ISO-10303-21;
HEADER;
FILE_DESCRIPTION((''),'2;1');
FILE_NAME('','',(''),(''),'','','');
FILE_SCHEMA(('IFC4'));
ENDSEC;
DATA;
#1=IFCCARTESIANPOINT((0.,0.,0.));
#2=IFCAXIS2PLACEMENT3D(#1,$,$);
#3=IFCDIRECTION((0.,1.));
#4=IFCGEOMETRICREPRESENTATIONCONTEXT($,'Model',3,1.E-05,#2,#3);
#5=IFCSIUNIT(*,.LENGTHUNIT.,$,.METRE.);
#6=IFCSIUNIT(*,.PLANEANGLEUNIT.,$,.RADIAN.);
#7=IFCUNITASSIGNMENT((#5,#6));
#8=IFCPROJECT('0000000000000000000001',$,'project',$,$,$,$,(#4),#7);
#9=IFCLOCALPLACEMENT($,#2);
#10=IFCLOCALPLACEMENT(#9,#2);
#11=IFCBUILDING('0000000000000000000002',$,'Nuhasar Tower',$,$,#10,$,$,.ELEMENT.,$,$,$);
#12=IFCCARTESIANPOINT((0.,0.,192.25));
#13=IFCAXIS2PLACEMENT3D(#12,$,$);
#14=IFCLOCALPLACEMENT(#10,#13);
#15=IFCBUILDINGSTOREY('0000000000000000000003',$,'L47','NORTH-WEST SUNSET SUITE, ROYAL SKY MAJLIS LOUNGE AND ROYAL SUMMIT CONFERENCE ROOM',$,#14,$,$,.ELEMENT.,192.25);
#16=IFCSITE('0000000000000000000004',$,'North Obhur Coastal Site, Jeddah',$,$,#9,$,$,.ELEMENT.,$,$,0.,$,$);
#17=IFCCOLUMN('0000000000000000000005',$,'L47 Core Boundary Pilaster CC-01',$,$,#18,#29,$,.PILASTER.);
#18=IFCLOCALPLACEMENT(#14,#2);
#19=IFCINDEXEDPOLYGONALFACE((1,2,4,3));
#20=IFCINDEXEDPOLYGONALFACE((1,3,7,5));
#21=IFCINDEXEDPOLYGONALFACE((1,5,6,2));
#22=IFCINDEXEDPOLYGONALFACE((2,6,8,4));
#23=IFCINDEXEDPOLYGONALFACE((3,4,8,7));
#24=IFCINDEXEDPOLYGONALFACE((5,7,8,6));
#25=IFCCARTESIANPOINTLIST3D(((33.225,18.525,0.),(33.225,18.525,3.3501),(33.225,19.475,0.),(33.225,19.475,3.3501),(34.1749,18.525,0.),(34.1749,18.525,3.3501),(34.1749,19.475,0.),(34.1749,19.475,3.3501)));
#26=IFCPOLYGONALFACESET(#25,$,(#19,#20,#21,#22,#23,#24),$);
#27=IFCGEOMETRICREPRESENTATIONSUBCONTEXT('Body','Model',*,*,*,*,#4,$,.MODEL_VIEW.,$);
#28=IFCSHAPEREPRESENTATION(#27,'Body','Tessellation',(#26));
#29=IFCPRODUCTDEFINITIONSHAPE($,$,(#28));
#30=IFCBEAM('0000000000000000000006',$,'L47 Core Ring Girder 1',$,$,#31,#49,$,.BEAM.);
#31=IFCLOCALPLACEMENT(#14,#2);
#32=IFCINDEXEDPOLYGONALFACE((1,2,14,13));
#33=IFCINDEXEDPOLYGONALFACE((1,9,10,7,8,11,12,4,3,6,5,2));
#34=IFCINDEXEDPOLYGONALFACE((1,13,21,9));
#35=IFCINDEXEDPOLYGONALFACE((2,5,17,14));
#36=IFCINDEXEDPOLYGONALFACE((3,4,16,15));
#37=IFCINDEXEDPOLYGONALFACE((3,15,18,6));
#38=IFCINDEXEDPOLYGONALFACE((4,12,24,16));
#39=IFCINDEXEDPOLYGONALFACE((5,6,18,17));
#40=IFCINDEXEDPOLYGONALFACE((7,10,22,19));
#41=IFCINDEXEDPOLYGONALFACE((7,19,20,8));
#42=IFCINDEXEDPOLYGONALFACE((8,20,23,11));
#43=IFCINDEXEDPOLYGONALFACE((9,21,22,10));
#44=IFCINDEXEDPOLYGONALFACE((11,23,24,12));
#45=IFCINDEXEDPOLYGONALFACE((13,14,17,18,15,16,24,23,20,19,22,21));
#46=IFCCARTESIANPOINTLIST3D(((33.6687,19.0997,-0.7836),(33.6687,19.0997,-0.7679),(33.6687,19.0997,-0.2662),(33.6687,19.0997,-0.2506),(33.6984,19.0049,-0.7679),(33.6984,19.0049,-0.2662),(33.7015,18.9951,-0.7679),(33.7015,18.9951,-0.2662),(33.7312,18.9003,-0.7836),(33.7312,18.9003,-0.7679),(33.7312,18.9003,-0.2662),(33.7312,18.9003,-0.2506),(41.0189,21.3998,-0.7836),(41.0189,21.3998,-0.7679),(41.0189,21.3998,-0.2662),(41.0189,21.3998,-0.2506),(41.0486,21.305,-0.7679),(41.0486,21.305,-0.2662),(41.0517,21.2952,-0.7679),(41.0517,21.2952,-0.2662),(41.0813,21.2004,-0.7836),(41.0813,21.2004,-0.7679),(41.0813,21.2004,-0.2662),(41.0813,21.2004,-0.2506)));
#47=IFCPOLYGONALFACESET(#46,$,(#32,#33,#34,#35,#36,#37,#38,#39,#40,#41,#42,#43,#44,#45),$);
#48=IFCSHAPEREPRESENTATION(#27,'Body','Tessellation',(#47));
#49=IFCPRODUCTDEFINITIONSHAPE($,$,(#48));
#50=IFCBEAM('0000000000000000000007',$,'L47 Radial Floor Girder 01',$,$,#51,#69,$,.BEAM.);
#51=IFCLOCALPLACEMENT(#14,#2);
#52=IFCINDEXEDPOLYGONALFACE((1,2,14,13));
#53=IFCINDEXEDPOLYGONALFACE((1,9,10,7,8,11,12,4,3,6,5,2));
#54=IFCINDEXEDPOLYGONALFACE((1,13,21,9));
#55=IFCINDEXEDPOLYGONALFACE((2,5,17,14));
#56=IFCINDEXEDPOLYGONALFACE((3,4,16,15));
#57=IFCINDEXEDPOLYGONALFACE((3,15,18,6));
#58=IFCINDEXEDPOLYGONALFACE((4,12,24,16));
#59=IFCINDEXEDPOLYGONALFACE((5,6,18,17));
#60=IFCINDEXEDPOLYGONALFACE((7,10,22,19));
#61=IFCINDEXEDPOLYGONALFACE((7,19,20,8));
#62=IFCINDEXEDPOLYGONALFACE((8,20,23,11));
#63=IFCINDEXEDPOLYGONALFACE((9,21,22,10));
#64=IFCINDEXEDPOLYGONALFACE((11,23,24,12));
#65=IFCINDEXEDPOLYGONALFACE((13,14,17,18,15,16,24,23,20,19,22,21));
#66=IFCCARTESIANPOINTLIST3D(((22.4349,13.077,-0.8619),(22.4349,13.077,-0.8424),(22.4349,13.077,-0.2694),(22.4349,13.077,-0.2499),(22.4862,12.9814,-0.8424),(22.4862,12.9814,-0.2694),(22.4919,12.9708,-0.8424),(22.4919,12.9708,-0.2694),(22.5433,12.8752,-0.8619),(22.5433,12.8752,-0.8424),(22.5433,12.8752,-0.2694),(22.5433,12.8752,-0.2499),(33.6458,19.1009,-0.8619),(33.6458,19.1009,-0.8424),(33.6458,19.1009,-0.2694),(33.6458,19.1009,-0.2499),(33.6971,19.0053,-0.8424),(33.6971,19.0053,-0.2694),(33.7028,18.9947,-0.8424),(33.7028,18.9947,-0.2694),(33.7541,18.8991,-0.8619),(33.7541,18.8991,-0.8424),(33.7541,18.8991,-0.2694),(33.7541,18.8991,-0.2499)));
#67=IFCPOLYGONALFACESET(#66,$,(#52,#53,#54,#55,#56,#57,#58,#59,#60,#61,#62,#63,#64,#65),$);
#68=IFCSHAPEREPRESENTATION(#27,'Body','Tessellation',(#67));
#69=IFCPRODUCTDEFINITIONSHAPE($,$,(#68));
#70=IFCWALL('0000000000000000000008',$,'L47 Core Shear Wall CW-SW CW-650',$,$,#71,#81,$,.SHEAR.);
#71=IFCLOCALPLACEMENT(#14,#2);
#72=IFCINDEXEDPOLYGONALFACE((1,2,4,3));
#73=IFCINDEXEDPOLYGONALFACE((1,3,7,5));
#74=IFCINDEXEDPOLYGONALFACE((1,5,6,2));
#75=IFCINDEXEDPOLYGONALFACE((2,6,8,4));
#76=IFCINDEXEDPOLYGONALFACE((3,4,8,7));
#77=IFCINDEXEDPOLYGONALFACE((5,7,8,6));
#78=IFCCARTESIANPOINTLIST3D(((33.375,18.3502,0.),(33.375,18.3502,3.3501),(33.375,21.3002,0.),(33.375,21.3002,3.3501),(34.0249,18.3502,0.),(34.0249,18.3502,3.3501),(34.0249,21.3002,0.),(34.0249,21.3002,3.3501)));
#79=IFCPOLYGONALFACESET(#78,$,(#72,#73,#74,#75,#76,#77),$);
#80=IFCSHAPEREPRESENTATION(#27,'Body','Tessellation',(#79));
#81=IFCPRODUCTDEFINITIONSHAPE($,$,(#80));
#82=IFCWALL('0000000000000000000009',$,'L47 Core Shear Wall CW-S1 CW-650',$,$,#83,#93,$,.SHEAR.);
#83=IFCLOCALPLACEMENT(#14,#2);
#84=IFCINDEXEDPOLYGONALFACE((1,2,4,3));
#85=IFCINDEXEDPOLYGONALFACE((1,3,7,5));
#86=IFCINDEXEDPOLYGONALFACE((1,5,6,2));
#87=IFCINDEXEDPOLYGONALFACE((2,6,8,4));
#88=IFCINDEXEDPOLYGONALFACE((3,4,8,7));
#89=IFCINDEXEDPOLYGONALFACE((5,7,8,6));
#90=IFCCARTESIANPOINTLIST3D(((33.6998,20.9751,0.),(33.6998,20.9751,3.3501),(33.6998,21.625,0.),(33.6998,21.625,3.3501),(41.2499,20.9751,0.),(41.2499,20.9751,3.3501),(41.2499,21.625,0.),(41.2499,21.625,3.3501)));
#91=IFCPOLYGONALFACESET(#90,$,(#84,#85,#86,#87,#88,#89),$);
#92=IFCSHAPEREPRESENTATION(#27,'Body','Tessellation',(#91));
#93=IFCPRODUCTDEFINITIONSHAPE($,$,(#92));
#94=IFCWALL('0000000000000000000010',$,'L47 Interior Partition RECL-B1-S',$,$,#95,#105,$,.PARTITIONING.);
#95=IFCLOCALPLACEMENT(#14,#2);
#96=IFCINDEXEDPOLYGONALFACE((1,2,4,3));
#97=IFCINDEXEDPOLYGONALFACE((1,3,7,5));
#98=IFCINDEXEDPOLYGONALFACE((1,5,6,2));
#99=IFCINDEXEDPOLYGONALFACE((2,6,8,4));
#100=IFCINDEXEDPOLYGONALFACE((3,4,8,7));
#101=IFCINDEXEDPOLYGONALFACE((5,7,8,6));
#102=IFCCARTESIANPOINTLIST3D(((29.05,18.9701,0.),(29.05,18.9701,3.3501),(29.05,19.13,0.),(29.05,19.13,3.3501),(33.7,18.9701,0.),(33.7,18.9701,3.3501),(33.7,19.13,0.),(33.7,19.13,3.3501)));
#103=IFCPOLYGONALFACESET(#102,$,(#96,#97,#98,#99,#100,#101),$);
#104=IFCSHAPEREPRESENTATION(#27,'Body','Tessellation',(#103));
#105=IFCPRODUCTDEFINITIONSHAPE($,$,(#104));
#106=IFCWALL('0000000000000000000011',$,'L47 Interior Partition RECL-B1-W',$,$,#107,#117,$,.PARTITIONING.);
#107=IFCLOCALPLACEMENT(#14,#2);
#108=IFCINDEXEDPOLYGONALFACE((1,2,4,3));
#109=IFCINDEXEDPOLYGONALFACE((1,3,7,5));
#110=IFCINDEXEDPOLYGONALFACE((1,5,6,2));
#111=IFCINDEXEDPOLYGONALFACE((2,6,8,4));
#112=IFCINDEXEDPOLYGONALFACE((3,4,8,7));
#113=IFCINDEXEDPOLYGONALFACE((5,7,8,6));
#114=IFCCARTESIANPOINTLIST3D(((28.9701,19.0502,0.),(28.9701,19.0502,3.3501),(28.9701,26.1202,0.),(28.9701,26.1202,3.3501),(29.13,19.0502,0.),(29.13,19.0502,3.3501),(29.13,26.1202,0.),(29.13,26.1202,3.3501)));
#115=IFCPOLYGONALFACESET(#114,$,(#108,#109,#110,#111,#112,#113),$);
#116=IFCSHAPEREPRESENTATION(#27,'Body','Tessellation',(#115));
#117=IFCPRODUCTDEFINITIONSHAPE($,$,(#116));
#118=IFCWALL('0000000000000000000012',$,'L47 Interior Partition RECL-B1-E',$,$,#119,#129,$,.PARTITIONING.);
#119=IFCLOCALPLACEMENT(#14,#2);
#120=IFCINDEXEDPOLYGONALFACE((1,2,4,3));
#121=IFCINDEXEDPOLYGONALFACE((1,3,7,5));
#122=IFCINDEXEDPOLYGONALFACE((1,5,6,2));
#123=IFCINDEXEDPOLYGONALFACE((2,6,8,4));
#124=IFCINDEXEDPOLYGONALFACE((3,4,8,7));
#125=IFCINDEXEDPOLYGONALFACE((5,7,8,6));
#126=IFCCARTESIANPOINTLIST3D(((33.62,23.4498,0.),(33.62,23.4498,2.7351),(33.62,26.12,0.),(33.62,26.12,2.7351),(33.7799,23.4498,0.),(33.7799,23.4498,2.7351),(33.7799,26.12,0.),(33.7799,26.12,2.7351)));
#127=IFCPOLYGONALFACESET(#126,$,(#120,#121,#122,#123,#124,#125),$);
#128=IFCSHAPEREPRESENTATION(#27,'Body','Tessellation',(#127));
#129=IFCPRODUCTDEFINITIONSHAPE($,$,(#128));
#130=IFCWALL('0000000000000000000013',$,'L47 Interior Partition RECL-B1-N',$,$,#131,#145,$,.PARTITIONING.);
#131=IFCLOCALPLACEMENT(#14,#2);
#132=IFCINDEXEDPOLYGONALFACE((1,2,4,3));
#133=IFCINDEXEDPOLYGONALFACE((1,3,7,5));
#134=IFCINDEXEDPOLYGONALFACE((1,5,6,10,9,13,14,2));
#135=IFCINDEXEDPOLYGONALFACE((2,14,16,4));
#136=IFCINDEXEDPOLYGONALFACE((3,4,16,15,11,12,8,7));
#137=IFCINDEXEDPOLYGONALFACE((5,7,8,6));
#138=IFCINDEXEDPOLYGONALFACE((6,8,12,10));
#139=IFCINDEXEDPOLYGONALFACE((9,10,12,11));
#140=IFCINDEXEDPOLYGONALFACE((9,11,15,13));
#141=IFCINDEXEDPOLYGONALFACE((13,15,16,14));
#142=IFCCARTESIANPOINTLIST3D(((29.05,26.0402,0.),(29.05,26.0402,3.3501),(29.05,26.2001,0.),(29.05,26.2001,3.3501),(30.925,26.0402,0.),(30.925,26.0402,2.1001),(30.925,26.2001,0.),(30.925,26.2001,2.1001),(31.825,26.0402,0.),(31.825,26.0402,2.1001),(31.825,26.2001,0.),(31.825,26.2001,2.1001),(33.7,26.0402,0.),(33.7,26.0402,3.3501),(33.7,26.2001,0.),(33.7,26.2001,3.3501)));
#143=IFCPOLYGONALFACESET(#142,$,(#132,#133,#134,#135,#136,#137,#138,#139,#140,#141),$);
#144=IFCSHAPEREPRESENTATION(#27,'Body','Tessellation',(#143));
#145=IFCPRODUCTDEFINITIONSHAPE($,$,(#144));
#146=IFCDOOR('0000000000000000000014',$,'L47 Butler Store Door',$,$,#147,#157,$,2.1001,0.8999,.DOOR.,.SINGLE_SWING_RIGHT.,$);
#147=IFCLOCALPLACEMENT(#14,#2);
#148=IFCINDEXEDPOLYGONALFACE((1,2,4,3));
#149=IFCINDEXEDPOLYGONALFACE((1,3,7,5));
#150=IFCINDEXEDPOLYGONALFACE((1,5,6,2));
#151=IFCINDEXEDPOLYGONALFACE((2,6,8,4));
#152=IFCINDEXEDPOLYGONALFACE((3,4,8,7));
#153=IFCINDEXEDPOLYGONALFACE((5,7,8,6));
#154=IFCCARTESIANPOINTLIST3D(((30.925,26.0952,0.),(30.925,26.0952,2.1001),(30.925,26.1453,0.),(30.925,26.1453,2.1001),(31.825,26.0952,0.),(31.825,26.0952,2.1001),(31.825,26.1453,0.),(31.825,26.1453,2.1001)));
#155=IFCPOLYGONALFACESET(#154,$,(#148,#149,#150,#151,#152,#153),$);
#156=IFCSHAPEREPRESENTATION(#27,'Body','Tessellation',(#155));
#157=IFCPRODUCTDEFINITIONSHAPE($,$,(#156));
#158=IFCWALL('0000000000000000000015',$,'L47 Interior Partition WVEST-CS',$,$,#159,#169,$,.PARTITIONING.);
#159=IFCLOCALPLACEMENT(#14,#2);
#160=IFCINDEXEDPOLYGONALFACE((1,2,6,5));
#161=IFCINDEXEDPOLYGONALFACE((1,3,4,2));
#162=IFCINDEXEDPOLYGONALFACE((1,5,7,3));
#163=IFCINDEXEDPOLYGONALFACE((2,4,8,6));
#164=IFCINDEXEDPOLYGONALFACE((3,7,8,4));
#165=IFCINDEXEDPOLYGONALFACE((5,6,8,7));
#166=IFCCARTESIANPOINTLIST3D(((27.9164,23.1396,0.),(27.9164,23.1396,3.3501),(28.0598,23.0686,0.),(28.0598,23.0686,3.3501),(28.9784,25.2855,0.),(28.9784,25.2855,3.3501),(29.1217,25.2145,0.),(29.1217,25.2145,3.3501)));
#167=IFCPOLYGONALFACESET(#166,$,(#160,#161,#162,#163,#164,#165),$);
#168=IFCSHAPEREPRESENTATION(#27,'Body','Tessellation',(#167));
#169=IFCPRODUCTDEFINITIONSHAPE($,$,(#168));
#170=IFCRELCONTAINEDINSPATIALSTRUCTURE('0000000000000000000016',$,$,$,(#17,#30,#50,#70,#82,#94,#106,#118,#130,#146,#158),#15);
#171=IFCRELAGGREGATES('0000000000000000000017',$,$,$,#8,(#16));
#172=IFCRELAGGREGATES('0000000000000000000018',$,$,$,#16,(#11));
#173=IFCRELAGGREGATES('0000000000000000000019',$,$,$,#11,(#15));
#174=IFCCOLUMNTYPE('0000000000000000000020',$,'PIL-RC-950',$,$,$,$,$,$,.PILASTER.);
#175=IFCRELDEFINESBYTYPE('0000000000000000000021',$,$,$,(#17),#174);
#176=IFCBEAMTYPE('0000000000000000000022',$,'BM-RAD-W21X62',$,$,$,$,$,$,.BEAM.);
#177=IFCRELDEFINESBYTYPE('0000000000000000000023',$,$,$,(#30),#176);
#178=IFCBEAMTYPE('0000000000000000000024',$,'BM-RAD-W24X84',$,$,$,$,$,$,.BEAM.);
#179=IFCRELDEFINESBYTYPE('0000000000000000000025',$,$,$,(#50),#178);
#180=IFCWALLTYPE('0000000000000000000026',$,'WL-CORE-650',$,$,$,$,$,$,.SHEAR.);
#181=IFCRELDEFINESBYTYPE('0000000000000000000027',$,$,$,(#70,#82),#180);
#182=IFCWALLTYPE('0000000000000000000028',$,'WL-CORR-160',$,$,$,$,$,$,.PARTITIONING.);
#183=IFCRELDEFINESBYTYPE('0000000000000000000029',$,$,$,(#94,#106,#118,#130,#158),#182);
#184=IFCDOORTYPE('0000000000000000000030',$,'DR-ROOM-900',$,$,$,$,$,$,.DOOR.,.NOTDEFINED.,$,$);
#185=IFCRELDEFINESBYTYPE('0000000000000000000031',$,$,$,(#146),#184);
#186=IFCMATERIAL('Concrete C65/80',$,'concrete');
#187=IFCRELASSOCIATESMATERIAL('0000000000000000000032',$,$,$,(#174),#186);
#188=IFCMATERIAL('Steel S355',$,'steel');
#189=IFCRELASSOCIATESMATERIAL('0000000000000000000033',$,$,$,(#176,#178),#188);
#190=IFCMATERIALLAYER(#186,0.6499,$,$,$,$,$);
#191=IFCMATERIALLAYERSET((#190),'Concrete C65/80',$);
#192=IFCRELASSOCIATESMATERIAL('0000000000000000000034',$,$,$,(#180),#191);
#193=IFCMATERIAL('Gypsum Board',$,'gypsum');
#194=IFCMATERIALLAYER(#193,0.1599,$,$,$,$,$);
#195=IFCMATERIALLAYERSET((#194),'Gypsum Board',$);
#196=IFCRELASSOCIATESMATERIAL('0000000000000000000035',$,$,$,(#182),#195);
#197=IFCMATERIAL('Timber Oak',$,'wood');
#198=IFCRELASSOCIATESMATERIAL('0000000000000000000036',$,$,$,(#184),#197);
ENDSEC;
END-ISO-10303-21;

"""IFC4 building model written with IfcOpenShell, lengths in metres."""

from ifc_helpers import new_model, si_unit, direction, frame, frame_2d, origin, origin_2d, place, context, subcontext, project, spatial, rectangle, i_section, extrude, material, layer, layer_set, material_profile, profile_set, type_object, element, fill, save


model = new_model("IFC4")

# Units and contexts
model_context = context("Model", 3, precision=1e-05, world=origin(), true_north=direction((0.0, 1.0)))
body_context = subcontext(model_context, "Body", "Model", "MODEL_VIEW")
ifc_project = project(units=[si_unit("LENGTHUNIT", "METRE"), si_unit("PLANEANGLEUNIT", "RADIAN")], contexts=[model_context])

# Site, building, storey
site_placement = place(None, origin())
site = spatial("IfcSite", under=ifc_project, at=site_placement, Name="North Obhur Coastal Site, Jeddah", CompositionType="ELEMENT", RefElevation=0.0)
building_placement = place(site_placement, origin())
building = spatial("IfcBuilding", under=site, at=building_placement, Name="Nuhasar Tower", CompositionType="ELEMENT")
storey_placement = place(building_placement, frame((0.0, 0.0, 192.25)))
storey = spatial("IfcBuildingStorey", under=building, at=storey_placement, Name="L47", Description="NORTH-WEST SUNSET SUITE, ROYAL SKY MAJLIS LOUNGE AND ROYAL SUMMIT CONFERENCE ROOM", CompositionType="ELEMENT", Elevation=192.25)

# Column
ifc_material_1 = material(Name="Concrete C65/80", Category="concrete")
ifc_material_profile_1 = material_profile(ifc_material_1, rectangle(XDim=0.95, YDim=0.95, at=origin_2d()), Name="RC950X950")
ifc_profile_set_1 = profile_set([ifc_material_profile_1], Name="Concrete C65/80")
column_type = type_object("IfcColumnType", Name="PIL-RC-950", PredefinedType="PILASTER", material=ifc_profile_set_1)
column_placement = place(storey_placement, frame((33.7, 19.0, 0.0), z_axis=(0.0, 0.0, 1.0), x_axis=(1.0, 0.0, 0.0)))
element("IfcColumn", 1, at=column_placement, inside=storey, type_object=column_type, Name="L47 Core Boundary Pilaster CC-01", PredefinedType="PILASTER", context=body_context, shape_type="SweptSolid", body=[
    extrude(rectangle(XDim=0.95, YDim=0.95, at=origin_2d()), origin(), (0.0, 0.0, 1.0), 3.3501),
])

# Beams
ifc_material_2 = material(Name="Steel S355", Category="steel")
ifc_material_profile_2 = material_profile(ifc_material_2, i_section(OverallWidth=0.209, OverallDepth=0.533, WebThickness=0.0103, FlangeThickness=0.0156, at=origin_2d()), Name="W21X62")
ifc_profile_set_2 = profile_set([ifc_material_profile_2], Name="Steel S355")
beam_type_1 = type_object("IfcBeamType", Name="BM-RAD-W21X62", PredefinedType="BEAM", material=ifc_profile_set_2)
beam_1_placement = place(storey_placement, frame((33.7, 19.0, -0.5171), z_axis=(0.954364, 0.298647, 0.0), x_axis=(-0.298647, 0.954364, 0.0)))
element("IfcBeam", 2, at=beam_1_placement, inside=storey, type_object=beam_type_1, Name="L47 Core Ring Girder 1", PredefinedType="BEAM", context=body_context, shape_type="SweptSolid", body=[
    extrude(i_section(OverallWidth=0.209, OverallDepth=0.533, WebThickness=0.0103, FlangeThickness=0.0156, at=origin_2d()), origin(), (0.0, 0.0, 1.0), 7.7017),
])
ifc_material_profile_3 = material_profile(ifc_material_2, i_section(OverallWidth=0.229, OverallDepth=0.6121, WebThickness=0.012, FlangeThickness=0.0195, at=origin_2d()), Name="W24X84")
ifc_profile_set_3 = profile_set([ifc_material_profile_3], Name="Steel S355")
beam_type_2 = type_object("IfcBeamType", Name="BM-RAD-W24X84", PredefinedType="BEAM", material=ifc_profile_set_3)
beam_2_placement = place(storey_placement, frame((33.7, 19.0, -0.5559), z_axis=(-0.880888, -0.473324, 0.0), x_axis=(0.473324, -0.880888, 0.0)))
element("IfcBeam", 3, at=beam_2_placement, inside=storey, type_object=beam_type_2, Name="L47 Radial Floor Girder 01", PredefinedType="BEAM", context=body_context, shape_type="SweptSolid", body=[
    extrude(i_section(OverallWidth=0.229, OverallDepth=0.6121, WebThickness=0.012, FlangeThickness=0.0195, at=origin_2d()), origin(), (0.0, 0.0, 1.0), 12.7268),
])

# Walls
ifc_layer_1 = layer(ifc_material_1, 0.6499)
ifc_layer_set_1 = layer_set([ifc_layer_1], Name="Concrete C65/80")
wall_type_1 = type_object("IfcWallType", Name="WL-CORE-650", PredefinedType="SHEAR", material=ifc_layer_set_1)
wall_1_placement = place(storey_placement, frame((33.7, 18.3501, 0.0), z_axis=(0.0, 0.0, 1.0), x_axis=(0.0, 1.0, 0.0)))
element("IfcWall", 4, at=wall_1_placement, inside=storey, type_object=wall_type_1, Name="L47 Core Shear Wall CW-SW CW-650", PredefinedType="SHEAR", context=body_context, shape_type="SweptSolid", body=[
    extrude(rectangle(XDim=2.95, YDim=0.6499, at=frame_2d((1.4751, 0.0))), origin(), (0.0, 0.0, 1.0), 3.3501),
])
wall_2_placement = place(storey_placement, frame((33.7, 21.3, 0.0), z_axis=(0.0, 0.0, 1.0), x_axis=(1.0, 0.0, 0.0)))
element("IfcWall", 5, at=wall_2_placement, inside=storey, type_object=wall_type_1, Name="L47 Core Shear Wall CW-S1 CW-650", PredefinedType="SHEAR", context=body_context, shape_type="SweptSolid", body=[
    extrude(rectangle(XDim=7.55, YDim=0.6499, at=frame_2d((3.7749, 0.0))), origin(), (0.0, 0.0, 1.0), 3.3501),
])
ifc_material_3 = material(Name="Gypsum Board", Category="gypsum")
ifc_layer_2 = layer(ifc_material_3, 0.1599)
ifc_layer_set_2 = layer_set([ifc_layer_2], Name="Gypsum Board")
wall_type_2 = type_object("IfcWallType", Name="WL-CORR-160", PredefinedType="PARTITIONING", material=ifc_layer_set_2)
wall_3_placement = place(storey_placement, frame((29.05, 19.05, 0.0), z_axis=(0.0, 0.0, 1.0), x_axis=(1.0, 0.0, 0.0)))
element("IfcWall", 6, at=wall_3_placement, inside=storey, type_object=wall_type_2, Name="L47 Interior Partition RECL-B1-S", PredefinedType="PARTITIONING", context=body_context, shape_type="SweptSolid", body=[
    extrude(rectangle(XDim=4.6499, YDim=0.1599, at=frame_2d((2.325, 0.0))), origin(), (0.0, 0.0, 1.0), 3.3501),
])
wall_4_placement = place(storey_placement, frame((29.05, 19.05, 0.0), z_axis=(0.0, 0.0, 1.0), x_axis=(0.0, 1.0, 0.0)))
element("IfcWall", 7, at=wall_4_placement, inside=storey, type_object=wall_type_2, Name="L47 Interior Partition RECL-B1-W", PredefinedType="PARTITIONING", context=body_context, shape_type="SweptSolid", body=[
    extrude(rectangle(XDim=7.0701, YDim=0.1599, at=frame_2d((3.5352, 0.0))), origin(), (0.0, 0.0, 1.0), 3.3501),
])
wall_5_placement = place(storey_placement, frame((33.7, 23.45, 0.0), z_axis=(0.0, 0.0, 1.0), x_axis=(0.0, 1.0, 0.0)))
element("IfcWall", 8, at=wall_5_placement, inside=storey, type_object=wall_type_2, Name="L47 Interior Partition RECL-B1-E", PredefinedType="PARTITIONING", context=body_context, shape_type="SweptSolid", body=[
    extrude(rectangle(XDim=2.6702, YDim=0.1599, at=frame_2d((1.335, 0.0))), origin(), (0.0, 0.0, 1.0), 2.7351),
])

# Wall, opening, door
wall_6_placement = place(storey_placement, frame((33.7, 26.1201, 0.0), z_axis=(0.0, 0.0, 1.0), x_axis=(-1.0, 0.0, 0.0)))
wall_6 = element("IfcWall", 9, at=wall_6_placement, inside=storey, type_object=wall_type_2, Name="L47 Interior Partition RECL-B1-N", PredefinedType="PARTITIONING", context=body_context, shape_type="SweptSolid", body=[
    extrude(rectangle(XDim=4.6499, YDim=0.1599, at=frame_2d((2.325, 0.0))), origin(), (0.0, 0.0, 1.0), 3.3501),
])
opening_1_placement = place(wall_6_placement, frame((1.875, 0.0, 0.0)))
opening_1 = element("IfcOpeningElement", 10, at=opening_1_placement, cuts=wall_6, PredefinedType="OPENING", context=body_context, shape_type="SweptSolid", body=[
    extrude(rectangle(XDim=0.8999, YDim=2.1001, at=frame_2d((0.45, 1.05))), frame((0.0, 0.0898, 0.0), z_axis=(0.0, -1.0, 0.0), x_axis=(1.0, 0.0, 0.0)), (0.0, 0.0, 1.0), 0.1799),
])
ifc_material_4 = material(Name="Timber Oak", Category="wood")
door_type_1 = type_object("IfcDoorType", Name="DR-ROOM-900", OperationType="NOTDEFINED", PredefinedType="DOOR", material=ifc_material_4)
door_1_placement = place(opening_1_placement, origin())
door_1 = element("IfcDoor", 11, at=door_1_placement, inside=storey, type_object=door_type_1, Name="L47 Butler Store Door", OperationType="SINGLE_SWING_RIGHT", OverallHeight=2.1001, OverallWidth=0.8999, PredefinedType="DOOR", context=body_context, shape_type="SweptSolid", body=[
    extrude(rectangle(XDim=0.8999, YDim=2.1001, at=frame_2d((0.45, 1.05))), frame((0.0, 0.0249, 0.0), z_axis=(0.0, -1.0, 0.0), x_axis=(1.0, 0.0, 0.0)), (0.0, 0.0, 1.0), 0.05),
])
fill(opening_1, door_1)

# Wall
wall_7_placement = place(storey_placement, frame((27.988, 23.104, 0.0), z_axis=(0.0, 0.0, 1.0), x_axis=(0.443539, 0.896255, 0.0)))
element("IfcWall", 12, at=wall_7_placement, inside=storey, type_object=wall_type_2, Name="L47 Interior Partition WVEST-CS", PredefinedType="PARTITIONING", context=body_context, shape_type="SweptSolid", body=[
    extrude(rectangle(XDim=2.3943, YDim=0.1599, at=frame_2d((1.1973, 0.0))), origin(), (0.0, 0.0, 1.0), 3.3501),
])

save(model, "model.ifc")
